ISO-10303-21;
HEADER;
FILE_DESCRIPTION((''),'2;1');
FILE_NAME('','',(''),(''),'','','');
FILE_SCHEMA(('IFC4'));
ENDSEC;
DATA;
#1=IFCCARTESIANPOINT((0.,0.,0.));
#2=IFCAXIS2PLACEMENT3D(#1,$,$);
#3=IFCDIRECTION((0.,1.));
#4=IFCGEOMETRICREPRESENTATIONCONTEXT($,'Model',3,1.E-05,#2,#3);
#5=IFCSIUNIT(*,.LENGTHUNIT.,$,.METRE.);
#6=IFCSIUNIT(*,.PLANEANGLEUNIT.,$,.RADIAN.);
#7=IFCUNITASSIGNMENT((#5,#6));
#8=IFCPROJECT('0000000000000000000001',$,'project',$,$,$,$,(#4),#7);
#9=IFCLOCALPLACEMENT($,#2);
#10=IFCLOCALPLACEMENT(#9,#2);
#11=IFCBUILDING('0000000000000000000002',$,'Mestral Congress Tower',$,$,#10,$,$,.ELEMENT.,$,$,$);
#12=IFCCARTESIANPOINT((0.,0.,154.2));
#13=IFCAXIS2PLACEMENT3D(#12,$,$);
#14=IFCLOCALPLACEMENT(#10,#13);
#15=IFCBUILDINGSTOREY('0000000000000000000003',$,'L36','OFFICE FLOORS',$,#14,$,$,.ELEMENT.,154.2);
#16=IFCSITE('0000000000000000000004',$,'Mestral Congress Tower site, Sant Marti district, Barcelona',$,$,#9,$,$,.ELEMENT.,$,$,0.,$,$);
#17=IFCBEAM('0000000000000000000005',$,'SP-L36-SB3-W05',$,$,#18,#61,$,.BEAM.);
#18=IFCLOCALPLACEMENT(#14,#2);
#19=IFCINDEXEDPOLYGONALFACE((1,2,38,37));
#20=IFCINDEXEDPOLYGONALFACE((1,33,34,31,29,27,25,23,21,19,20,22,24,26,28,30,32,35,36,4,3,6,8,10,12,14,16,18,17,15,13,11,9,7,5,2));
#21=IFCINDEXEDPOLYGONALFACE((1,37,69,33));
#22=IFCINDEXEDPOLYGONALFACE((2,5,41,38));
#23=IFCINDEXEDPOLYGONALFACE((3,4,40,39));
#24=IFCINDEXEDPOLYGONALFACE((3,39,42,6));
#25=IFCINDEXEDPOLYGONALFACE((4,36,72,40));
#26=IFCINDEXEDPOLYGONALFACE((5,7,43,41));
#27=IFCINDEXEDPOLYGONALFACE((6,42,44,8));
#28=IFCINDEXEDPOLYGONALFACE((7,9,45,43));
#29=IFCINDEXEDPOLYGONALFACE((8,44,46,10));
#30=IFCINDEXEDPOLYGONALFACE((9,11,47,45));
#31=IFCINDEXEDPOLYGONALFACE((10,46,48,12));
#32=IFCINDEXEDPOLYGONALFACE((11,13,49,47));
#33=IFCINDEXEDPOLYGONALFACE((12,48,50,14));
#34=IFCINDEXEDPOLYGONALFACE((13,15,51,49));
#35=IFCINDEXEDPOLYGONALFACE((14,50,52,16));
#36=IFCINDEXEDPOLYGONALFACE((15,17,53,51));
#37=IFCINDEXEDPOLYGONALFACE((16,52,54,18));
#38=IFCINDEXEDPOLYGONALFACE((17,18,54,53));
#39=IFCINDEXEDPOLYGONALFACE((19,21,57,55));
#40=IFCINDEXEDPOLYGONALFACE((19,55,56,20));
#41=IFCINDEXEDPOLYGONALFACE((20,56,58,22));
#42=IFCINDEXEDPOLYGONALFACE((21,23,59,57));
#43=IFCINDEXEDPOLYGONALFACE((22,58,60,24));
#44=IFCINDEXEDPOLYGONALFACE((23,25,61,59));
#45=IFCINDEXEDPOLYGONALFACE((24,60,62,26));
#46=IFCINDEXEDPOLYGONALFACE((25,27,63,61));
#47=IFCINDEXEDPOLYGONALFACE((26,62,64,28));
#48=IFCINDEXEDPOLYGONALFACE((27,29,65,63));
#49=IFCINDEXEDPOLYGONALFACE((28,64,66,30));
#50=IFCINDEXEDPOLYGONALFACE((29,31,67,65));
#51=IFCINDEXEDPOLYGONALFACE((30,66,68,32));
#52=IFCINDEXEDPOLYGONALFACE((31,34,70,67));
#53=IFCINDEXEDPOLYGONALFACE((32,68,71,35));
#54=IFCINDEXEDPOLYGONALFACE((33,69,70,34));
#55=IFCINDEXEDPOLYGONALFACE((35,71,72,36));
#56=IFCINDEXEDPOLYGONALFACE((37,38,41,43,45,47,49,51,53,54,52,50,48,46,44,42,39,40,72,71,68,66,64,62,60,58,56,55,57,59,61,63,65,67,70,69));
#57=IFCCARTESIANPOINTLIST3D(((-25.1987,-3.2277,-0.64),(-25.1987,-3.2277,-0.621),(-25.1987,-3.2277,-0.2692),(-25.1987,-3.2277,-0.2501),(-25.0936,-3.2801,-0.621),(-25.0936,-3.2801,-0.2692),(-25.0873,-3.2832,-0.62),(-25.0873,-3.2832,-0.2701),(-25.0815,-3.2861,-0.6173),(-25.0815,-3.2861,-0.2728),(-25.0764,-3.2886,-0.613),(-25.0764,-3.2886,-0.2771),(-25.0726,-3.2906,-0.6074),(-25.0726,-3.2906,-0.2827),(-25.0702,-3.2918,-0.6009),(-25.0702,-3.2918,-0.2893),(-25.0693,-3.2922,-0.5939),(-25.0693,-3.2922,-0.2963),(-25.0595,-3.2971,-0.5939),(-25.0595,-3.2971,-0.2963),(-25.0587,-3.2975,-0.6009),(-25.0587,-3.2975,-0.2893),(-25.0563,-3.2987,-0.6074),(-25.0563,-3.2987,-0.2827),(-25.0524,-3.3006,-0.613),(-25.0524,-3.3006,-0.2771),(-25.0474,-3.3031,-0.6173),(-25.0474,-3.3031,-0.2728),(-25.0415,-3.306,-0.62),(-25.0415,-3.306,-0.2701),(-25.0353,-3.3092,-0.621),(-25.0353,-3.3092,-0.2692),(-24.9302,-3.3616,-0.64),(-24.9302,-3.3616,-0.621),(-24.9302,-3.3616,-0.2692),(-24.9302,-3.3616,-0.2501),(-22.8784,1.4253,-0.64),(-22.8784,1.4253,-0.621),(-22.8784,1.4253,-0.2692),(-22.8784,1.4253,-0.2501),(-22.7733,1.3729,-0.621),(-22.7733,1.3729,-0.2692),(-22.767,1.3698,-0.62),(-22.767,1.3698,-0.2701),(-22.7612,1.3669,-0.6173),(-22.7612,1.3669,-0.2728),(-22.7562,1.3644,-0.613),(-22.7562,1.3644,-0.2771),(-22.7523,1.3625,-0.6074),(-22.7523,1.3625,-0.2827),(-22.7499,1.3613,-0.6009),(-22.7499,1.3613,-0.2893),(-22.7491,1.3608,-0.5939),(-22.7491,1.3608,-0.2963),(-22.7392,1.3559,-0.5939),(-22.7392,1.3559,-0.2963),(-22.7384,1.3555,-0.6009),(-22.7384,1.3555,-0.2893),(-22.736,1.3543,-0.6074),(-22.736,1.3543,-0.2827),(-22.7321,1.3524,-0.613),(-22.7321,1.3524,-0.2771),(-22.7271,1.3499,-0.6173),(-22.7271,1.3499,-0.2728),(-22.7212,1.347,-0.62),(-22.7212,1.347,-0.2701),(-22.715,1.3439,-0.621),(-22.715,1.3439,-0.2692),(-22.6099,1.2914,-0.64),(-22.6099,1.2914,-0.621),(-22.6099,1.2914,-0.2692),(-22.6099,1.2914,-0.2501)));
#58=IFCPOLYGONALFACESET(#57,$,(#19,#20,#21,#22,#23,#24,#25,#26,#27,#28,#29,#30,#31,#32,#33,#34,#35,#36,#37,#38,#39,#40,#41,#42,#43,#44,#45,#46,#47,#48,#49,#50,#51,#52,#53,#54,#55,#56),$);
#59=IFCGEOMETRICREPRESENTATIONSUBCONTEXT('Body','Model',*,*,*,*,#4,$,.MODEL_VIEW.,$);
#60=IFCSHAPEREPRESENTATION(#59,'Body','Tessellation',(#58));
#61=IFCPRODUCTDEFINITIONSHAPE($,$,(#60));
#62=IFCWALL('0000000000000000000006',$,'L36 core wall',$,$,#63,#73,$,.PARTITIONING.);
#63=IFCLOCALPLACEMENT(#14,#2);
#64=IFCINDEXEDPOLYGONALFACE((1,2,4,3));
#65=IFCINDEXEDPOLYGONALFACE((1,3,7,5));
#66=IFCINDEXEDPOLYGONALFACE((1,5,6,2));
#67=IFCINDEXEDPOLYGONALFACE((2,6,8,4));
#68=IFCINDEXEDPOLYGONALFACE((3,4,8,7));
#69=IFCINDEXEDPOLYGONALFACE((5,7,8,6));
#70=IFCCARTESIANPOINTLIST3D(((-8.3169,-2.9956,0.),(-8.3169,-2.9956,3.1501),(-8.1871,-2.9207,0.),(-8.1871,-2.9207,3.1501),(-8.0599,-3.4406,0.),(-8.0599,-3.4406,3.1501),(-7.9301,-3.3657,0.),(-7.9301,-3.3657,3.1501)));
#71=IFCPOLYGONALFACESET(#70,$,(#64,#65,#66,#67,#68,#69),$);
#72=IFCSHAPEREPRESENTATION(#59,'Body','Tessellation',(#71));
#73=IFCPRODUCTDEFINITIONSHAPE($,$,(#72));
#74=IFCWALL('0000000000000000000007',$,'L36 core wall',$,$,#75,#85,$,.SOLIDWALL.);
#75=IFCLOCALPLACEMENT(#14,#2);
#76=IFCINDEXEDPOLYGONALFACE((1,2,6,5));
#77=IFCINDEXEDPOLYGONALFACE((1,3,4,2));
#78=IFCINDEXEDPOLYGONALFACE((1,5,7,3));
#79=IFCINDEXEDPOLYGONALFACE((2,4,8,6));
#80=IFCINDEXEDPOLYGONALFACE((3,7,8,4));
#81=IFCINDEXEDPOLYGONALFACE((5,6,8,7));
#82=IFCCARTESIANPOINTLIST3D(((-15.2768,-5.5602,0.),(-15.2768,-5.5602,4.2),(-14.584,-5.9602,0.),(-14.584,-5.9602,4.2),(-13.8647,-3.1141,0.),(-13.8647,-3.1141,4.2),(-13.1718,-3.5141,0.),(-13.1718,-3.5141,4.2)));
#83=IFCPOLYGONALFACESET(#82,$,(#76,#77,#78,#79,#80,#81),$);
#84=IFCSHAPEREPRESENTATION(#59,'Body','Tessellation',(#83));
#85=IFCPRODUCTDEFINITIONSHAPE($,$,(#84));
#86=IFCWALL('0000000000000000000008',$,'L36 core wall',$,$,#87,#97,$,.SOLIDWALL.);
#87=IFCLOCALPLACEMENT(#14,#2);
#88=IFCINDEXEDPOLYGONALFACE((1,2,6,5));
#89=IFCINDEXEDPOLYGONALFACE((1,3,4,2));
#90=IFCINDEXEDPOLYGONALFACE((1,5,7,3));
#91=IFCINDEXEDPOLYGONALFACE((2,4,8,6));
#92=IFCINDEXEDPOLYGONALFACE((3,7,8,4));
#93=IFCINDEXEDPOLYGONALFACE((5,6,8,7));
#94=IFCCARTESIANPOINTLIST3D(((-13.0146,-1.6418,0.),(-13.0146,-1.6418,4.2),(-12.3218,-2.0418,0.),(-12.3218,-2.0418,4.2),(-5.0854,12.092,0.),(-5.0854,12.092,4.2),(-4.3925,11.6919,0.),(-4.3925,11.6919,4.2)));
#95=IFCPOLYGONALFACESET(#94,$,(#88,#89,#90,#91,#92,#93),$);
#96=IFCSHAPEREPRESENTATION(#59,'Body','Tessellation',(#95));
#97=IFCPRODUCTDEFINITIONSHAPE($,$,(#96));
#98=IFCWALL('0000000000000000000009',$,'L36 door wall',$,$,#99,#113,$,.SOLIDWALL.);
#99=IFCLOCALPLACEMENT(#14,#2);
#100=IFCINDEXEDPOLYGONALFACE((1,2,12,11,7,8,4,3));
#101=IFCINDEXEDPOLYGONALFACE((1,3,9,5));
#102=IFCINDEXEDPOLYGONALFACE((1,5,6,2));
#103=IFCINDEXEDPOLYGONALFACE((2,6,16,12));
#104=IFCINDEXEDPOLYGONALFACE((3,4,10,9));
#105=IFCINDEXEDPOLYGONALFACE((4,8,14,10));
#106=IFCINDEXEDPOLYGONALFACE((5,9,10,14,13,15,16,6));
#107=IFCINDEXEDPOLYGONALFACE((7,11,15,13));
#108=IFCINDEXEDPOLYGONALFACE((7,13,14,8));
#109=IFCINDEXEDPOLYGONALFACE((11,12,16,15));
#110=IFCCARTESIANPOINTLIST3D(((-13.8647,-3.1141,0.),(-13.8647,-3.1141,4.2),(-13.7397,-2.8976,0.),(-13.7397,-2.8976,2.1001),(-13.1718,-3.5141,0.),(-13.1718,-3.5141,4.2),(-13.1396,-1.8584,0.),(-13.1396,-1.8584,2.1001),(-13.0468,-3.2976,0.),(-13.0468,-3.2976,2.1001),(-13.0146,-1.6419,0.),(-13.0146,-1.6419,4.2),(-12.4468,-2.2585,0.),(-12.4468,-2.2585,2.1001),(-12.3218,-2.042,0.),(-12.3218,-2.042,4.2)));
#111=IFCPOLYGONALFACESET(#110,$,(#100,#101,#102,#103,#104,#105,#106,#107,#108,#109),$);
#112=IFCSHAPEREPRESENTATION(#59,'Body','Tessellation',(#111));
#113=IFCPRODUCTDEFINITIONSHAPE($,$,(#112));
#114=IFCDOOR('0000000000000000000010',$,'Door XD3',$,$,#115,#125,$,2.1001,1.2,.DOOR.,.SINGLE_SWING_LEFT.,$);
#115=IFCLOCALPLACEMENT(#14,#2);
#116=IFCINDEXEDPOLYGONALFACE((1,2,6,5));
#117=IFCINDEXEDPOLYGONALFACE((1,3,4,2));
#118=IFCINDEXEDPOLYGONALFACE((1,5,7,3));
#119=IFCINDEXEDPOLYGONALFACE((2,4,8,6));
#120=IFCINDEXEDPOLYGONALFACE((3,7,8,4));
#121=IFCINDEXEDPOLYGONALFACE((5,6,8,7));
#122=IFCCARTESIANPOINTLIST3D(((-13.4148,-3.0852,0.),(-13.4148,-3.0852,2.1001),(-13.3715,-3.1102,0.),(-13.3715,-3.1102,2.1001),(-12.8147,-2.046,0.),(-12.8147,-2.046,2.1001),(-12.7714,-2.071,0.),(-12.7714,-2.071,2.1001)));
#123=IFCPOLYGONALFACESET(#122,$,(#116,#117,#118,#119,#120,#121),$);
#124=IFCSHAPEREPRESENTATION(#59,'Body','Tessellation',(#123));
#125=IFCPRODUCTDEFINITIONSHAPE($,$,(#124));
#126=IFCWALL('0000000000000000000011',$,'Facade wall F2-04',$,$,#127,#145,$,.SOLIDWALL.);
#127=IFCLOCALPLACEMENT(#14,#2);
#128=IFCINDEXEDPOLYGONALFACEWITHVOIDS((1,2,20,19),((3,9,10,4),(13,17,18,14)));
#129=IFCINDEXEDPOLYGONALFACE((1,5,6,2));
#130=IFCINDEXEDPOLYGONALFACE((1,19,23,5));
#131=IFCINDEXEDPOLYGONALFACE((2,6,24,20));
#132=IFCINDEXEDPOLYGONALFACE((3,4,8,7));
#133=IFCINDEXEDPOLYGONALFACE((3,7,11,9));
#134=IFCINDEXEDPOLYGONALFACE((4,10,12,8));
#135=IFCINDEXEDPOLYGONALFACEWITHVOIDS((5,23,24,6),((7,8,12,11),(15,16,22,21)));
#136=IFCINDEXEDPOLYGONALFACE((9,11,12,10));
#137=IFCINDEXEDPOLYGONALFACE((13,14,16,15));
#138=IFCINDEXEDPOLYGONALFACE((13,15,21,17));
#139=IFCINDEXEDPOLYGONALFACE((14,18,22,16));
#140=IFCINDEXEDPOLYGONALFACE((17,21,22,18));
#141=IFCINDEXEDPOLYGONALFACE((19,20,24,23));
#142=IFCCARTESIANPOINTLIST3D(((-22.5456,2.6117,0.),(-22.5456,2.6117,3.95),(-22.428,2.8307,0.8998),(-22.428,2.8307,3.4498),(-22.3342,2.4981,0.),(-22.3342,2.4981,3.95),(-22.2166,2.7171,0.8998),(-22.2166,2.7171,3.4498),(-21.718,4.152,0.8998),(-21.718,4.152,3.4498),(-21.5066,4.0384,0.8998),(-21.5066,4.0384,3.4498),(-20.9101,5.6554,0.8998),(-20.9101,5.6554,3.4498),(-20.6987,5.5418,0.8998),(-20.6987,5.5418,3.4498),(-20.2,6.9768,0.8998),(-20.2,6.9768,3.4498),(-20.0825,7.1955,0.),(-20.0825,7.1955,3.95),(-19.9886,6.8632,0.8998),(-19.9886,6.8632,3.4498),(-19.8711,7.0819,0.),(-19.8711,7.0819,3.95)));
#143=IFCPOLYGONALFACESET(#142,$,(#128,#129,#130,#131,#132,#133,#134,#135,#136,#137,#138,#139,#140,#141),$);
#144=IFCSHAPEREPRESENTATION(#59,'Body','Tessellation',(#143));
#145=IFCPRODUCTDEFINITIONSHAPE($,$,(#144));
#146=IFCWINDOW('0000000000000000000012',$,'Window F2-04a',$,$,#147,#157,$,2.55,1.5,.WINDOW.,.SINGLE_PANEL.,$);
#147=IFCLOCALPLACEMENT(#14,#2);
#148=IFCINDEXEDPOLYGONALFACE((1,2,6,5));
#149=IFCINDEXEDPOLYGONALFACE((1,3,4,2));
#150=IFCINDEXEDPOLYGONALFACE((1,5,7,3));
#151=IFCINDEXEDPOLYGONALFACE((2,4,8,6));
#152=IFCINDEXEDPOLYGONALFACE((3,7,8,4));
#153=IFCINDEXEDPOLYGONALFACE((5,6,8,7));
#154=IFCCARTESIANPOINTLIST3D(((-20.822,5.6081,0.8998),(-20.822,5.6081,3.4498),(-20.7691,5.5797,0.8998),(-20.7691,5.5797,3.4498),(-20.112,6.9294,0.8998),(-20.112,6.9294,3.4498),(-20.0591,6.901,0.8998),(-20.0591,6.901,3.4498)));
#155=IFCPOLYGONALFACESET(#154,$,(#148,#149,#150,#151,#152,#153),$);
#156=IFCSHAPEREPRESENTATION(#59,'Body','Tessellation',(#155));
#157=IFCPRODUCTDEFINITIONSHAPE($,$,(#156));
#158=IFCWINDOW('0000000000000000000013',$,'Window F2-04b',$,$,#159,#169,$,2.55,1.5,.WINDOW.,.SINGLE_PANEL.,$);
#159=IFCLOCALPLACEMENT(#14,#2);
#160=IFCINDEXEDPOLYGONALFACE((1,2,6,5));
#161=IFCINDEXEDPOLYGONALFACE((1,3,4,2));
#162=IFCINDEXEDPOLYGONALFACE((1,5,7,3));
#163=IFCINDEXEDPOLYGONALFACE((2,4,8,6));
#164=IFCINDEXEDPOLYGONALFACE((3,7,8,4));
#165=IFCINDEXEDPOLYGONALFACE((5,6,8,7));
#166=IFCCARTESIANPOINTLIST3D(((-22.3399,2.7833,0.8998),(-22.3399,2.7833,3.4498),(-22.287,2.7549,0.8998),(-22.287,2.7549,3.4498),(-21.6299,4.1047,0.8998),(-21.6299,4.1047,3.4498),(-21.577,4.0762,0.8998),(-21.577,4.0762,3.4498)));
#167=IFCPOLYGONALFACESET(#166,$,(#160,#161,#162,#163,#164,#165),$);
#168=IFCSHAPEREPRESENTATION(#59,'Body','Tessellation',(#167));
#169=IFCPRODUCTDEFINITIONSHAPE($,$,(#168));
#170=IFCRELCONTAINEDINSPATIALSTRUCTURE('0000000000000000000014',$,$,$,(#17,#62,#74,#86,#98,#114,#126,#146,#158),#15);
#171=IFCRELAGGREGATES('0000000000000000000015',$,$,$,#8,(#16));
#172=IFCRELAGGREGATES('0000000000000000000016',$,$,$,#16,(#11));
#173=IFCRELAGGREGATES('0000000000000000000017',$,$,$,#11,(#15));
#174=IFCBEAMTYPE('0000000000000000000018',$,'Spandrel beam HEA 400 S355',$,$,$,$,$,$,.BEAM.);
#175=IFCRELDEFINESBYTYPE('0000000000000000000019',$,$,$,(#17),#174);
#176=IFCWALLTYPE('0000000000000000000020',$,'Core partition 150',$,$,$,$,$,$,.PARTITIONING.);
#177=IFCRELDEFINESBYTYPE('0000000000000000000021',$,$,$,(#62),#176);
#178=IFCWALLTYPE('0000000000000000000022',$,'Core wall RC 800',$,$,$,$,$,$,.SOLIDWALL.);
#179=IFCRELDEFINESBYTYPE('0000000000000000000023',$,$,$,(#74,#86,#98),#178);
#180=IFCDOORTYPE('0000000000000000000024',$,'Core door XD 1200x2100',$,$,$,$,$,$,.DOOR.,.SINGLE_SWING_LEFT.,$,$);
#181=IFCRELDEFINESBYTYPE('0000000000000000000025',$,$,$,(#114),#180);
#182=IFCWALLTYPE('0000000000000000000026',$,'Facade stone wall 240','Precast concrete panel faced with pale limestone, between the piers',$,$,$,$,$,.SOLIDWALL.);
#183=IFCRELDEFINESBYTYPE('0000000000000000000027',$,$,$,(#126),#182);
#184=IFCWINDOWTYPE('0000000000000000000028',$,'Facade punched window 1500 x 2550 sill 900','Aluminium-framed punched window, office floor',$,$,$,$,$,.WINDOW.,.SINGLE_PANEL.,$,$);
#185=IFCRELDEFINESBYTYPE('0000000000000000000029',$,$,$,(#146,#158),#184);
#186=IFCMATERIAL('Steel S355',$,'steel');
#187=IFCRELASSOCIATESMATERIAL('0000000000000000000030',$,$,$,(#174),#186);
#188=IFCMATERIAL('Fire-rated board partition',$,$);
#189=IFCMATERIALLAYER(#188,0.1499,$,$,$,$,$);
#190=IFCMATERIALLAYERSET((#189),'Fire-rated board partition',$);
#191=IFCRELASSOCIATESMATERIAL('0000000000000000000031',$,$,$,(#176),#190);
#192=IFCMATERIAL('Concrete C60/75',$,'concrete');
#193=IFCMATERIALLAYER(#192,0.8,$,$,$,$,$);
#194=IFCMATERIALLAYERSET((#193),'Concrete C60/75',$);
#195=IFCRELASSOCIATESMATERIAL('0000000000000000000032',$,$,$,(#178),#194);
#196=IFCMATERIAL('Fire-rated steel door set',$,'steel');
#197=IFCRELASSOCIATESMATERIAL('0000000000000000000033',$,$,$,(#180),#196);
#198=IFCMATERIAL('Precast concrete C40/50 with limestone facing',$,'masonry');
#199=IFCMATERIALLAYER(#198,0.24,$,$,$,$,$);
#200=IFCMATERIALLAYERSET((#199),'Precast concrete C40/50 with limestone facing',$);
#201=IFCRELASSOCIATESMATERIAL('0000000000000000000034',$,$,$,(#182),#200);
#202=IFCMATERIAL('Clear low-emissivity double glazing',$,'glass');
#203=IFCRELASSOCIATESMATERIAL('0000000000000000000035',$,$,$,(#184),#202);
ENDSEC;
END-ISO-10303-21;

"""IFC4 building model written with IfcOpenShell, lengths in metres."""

from ifc_helpers import new_model, si_unit, direction, frame, frame_2d, origin, origin_2d, place, context, subcontext, project, spatial, rectangle, i_section, extrude, material, layer, layer_set, material_profile, profile_set, type_object, element, fill, save


model = new_model("IFC4")

# Units and contexts
model_context = context("Model", 3, precision=1e-05, world=origin(), true_north=direction((0.0, 1.0)))
body_context = subcontext(model_context, "Body", "Model", "MODEL_VIEW")
ifc_project = project(units=[si_unit("LENGTHUNIT", "METRE"), si_unit("PLANEANGLEUNIT", "RADIAN")], contexts=[model_context])

# Site, building, storey
site_placement = place(None, origin())
site = spatial("IfcSite", under=ifc_project, at=site_placement, Name="Mestral Congress Tower site, Sant Marti district, Barcelona", CompositionType="ELEMENT", RefElevation=0.0)
building_placement = place(site_placement, origin())
building = spatial("IfcBuilding", under=site, at=building_placement, Name="Mestral Congress Tower", CompositionType="ELEMENT")
storey_placement = place(building_placement, frame((0.0, 0.0, 154.2)))
storey = spatial("IfcBuildingStorey", under=building, at=storey_placement, Name="L36", Description="OFFICE FLOORS", CompositionType="ELEMENT", Elevation=154.2)

# Shared definitions
ifc_material_1 = material(Name="Concrete C60/75", Category="concrete")

# Beam
ifc_material_2 = material(Name="Steel S355", Category="steel")
ifc_material_profile_1 = material_profile(ifc_material_2, i_section(OverallWidth=0.3, OverallDepth=0.3899, WebThickness=0.011, FlangeThickness=0.019, FilletRadius=0.0271, at=origin_2d()), Name="HEA 400")
ifc_profile_set_1 = profile_set([ifc_material_profile_1], Name="Steel S355")
beam_type_1 = type_object("IfcBeamType", Name="Spandrel beam HEA 400 S355", PredefinedType="BEAM", material=ifc_profile_set_1)
beam_1_placement = place(storey_placement, frame((-22.7441, 1.3584, -0.4451), z_axis=(-0.446255, -0.894906, 0.0), x_axis=(0.894906, -0.446255, 0.0)))
element("IfcBeam", 1, at=beam_1_placement, inside=storey, type_object=beam_type_1, Name="SP-L36-SB3-W05", PredefinedType="BEAM", context=body_context, shape_type="SweptSolid", body=[
    extrude(i_section(OverallWidth=0.3, OverallDepth=0.3899, WebThickness=0.011, FlangeThickness=0.019, FilletRadius=0.0271, at=origin_2d()), origin(), (0.0, 0.0, 1.0), 5.1995),
])

# Walls
ifc_material_3 = material(Name="Fire-rated board partition")
ifc_layer_1 = layer(ifc_material_3, 0.1499)
ifc_layer_set_1 = layer_set([ifc_layer_1], Name="Fire-rated board partition")
wall_type_1 = type_object("IfcWallType", Name="Core partition 150", PredefinedType="PARTITIONING", material=ifc_layer_set_1)
wall_1_placement = place(storey_placement, frame((-8.252, -2.9583, 0.0), z_axis=(0.0, 0.0, 1.0), x_axis=(0.500175, -0.865925, 0.0)))
element("IfcWall", 2, at=wall_1_placement, inside=storey, type_object=wall_type_1, Name="L36 core wall", PredefinedType="PARTITIONING", context=body_context, shape_type="SweptSolid", body=[
    extrude(rectangle(XDim=0.5139, YDim=0.1499, at=frame_2d((0.2568, 0.0))), origin(), (0.0, 0.0, 1.0), 3.1501),
])
ifc_layer_2 = layer(ifc_material_1, 0.8)
ifc_layer_set_2 = layer_set([ifc_layer_2], Name="Concrete C60/75")
wall_type_2 = type_object("IfcWallType", Name="Core wall RC 800", PredefinedType="SOLIDWALL", material=ifc_layer_set_2)
wall_2_placement = place(storey_placement, frame((-13.5183, -3.3142, 0.0), z_axis=(0.0, 0.0, 1.0), x_axis=(-0.499969, -0.866043, 0.0)))
element("IfcWall", 3, at=wall_2_placement, inside=storey, type_object=wall_type_2, Name="L36 core wall", PredefinedType="SOLIDWALL", context=body_context, shape_type="SweptSolid", body=[
    extrude(rectangle(XDim=2.8245, YDim=0.8, at=frame_2d((1.4121, 0.0))), origin(), (0.0, 0.0, 1.0), 4.2),
])
wall_3_placement = place(storey_placement, frame((-12.6682, -1.8418, 0.0), z_axis=(0.0, 0.0, 1.0), x_axis=(0.500004, 0.866023, 0.0)))
element("IfcWall", 4, at=wall_3_placement, inside=storey, type_object=wall_type_2, Name="L36 core wall", PredefinedType="SOLIDWALL", context=body_context, shape_type="SweptSolid", body=[
    extrude(rectangle(XDim=15.8584, YDim=0.8, at=frame_2d((7.9292, 0.0))), origin(), (0.0, 0.0, 1.0), 4.2),
])

# Wall, opening, door
wall_4_placement = place(storey_placement, frame((-13.5183, -3.3142, 0.0), z_axis=(0.0, 0.0, 1.0), x_axis=(0.500062, 0.865989, 0.0)))
wall_4 = element("IfcWall", 5, at=wall_4_placement, inside=storey, type_object=wall_type_2, Name="L36 door wall", PredefinedType="SOLIDWALL", context=body_context, shape_type="SweptSolid", body=[
    extrude(rectangle(XDim=1.7, YDim=0.8, at=frame_2d((0.8501, 0.0))), origin(), (0.0, 0.0, 1.0), 4.2),
])
opening_1_placement = place(wall_4_placement, frame((0.25, 0.0, 0.0)))
opening_1 = element("IfcOpeningElement", 6, at=opening_1_placement, cuts=wall_4, PredefinedType="OPENING", context=body_context, shape_type="SweptSolid", body=[
    extrude(rectangle(XDim=1.2, YDim=2.1001, at=frame_2d((0.6001, 1.05))), frame((0.0, 0.4099, 0.0), z_axis=(0.0, -1.0, 0.0), x_axis=(1.0, 0.0, 0.0)), (0.0, 0.0, 1.0), 0.8201),
])
ifc_material_4 = material(Name="Fire-rated steel door set", Category="steel")
door_type_1 = type_object("IfcDoorType", Name="Core door XD 1200x2100", OperationType="SINGLE_SWING_LEFT", PredefinedType="DOOR", material=ifc_material_4)
door_1_placement = place(opening_1_placement, origin())
door_1 = element("IfcDoor", 7, at=door_1_placement, inside=storey, type_object=door_type_1, Name="Door XD3", OperationType="SINGLE_SWING_LEFT", OverallHeight=2.1001, OverallWidth=1.2, PredefinedType="DOOR", context=body_context, shape_type="SweptSolid", body=[
    extrude(rectangle(XDim=1.2, YDim=2.1001, at=frame_2d((0.6001, 1.05))), frame((0.0, 0.0249, 0.0), z_axis=(0.0, -1.0, 0.0), x_axis=(1.0, 0.0, 0.0)), (0.0, 0.0, 1.0), 0.05),
])
fill(opening_1, door_1)

# Wall, openings, windows
ifc_material_5 = material(Name="Precast concrete C40/50 with limestone facing", Category="masonry")
ifc_layer_3 = layer(ifc_material_5, 0.24)
ifc_layer_set_3 = layer_set([ifc_layer_3], Name="Precast concrete C40/50 with limestone facing")
wall_type_3 = type_object("IfcWallType", Name="Facade stone wall 240", Description="Precast concrete panel faced with pale limestone, between the piers", PredefinedType="SOLIDWALL", material=ifc_layer_set_3)
wall_5_placement = place(storey_placement, frame((-19.9768, 7.1387, 0.0), z_axis=(0.0, 0.0, 1.0), x_axis=(-0.47335, -0.880875, 0.0)))
wall_5 = element("IfcWall", 8, at=wall_5_placement, inside=storey, type_object=wall_type_3, Name="Facade wall F2-04", PredefinedType="SOLIDWALL", context=body_context, shape_type="SweptSolid", body=[
    extrude(rectangle(XDim=5.2036, YDim=0.24, at=frame_2d((2.6018, 0.0))), origin(), (0.0, 0.0, 1.0), 3.95),
])
opening_2_placement = place(wall_5_placement, frame((0.2483, 0.0, 0.8999)))
opening_2 = element("IfcOpeningElement", 9, at=opening_2_placement, cuts=wall_5, PredefinedType="OPENING", context=body_context, shape_type="SweptSolid", body=[
    extrude(rectangle(XDim=1.5, YDim=2.55, at=frame_2d((0.75, 1.2749))), frame((0.0, 0.1299, 0.0), z_axis=(0.0, -1.0, 0.0), x_axis=(1.0, 0.0, 0.0)), (0.0, 0.0, 1.0), 0.26),
])
opening_3_placement = place(wall_5_placement, frame((3.4551, 0.0, 0.8999)))
opening_3 = element("IfcOpeningElement", 10, at=opening_3_placement, cuts=wall_5, PredefinedType="OPENING", context=body_context, shape_type="SweptSolid", body=[
    extrude(rectangle(XDim=1.5, YDim=2.55, at=frame_2d((0.75, 1.2749))), frame((0.0, 0.1299, 0.0), z_axis=(0.0, -1.0, 0.0), x_axis=(1.0, 0.0, 0.0)), (0.0, 0.0, 1.0), 0.26),
])
ifc_material_6 = material(Name="Clear low-emissivity double glazing", Category="glass")
window_type = type_object("IfcWindowType", Name="Facade punched window 1500 x 2550 sill 900", Description="Aluminium-framed punched window, office floor", PartitioningType="SINGLE_PANEL", PredefinedType="WINDOW", material=ifc_material_6)
window_1_placement = place(opening_2_placement, origin())
window_1 = element("IfcWindow", 11, at=window_1_placement, inside=storey, type_object=window_type, Name="Window F2-04a", OverallHeight=2.55, OverallWidth=1.5, PartitioningType="SINGLE_PANEL", PredefinedType="WINDOW", context=body_context, shape_type="SweptSolid", body=[
    extrude(rectangle(XDim=1.5, YDim=2.55, at=frame_2d((0.75, 1.2749))), frame((0.0, 0.04, 0.0), z_axis=(0.0, -1.0, 0.0), x_axis=(1.0, 0.0, 0.0)), (0.0, 0.0, 1.0), 0.0601),
])
fill(opening_2, window_1)
window_2_placement = place(opening_3_placement, origin())
window_2 = element("IfcWindow", 12, at=window_2_placement, inside=storey, type_object=window_type, Name="Window F2-04b", OverallHeight=2.55, OverallWidth=1.5, PartitioningType="SINGLE_PANEL", PredefinedType="WINDOW", context=body_context, shape_type="SweptSolid", body=[
    extrude(rectangle(XDim=1.5, YDim=2.55, at=frame_2d((0.75, 1.2749))), frame((0.0, 0.04, 0.0), z_axis=(0.0, -1.0, 0.0), x_axis=(1.0, 0.0, 0.0)), (0.0, 0.0, 1.0), 0.0601),
])
fill(opening_3, window_2)

save(model, "model.ifc")
